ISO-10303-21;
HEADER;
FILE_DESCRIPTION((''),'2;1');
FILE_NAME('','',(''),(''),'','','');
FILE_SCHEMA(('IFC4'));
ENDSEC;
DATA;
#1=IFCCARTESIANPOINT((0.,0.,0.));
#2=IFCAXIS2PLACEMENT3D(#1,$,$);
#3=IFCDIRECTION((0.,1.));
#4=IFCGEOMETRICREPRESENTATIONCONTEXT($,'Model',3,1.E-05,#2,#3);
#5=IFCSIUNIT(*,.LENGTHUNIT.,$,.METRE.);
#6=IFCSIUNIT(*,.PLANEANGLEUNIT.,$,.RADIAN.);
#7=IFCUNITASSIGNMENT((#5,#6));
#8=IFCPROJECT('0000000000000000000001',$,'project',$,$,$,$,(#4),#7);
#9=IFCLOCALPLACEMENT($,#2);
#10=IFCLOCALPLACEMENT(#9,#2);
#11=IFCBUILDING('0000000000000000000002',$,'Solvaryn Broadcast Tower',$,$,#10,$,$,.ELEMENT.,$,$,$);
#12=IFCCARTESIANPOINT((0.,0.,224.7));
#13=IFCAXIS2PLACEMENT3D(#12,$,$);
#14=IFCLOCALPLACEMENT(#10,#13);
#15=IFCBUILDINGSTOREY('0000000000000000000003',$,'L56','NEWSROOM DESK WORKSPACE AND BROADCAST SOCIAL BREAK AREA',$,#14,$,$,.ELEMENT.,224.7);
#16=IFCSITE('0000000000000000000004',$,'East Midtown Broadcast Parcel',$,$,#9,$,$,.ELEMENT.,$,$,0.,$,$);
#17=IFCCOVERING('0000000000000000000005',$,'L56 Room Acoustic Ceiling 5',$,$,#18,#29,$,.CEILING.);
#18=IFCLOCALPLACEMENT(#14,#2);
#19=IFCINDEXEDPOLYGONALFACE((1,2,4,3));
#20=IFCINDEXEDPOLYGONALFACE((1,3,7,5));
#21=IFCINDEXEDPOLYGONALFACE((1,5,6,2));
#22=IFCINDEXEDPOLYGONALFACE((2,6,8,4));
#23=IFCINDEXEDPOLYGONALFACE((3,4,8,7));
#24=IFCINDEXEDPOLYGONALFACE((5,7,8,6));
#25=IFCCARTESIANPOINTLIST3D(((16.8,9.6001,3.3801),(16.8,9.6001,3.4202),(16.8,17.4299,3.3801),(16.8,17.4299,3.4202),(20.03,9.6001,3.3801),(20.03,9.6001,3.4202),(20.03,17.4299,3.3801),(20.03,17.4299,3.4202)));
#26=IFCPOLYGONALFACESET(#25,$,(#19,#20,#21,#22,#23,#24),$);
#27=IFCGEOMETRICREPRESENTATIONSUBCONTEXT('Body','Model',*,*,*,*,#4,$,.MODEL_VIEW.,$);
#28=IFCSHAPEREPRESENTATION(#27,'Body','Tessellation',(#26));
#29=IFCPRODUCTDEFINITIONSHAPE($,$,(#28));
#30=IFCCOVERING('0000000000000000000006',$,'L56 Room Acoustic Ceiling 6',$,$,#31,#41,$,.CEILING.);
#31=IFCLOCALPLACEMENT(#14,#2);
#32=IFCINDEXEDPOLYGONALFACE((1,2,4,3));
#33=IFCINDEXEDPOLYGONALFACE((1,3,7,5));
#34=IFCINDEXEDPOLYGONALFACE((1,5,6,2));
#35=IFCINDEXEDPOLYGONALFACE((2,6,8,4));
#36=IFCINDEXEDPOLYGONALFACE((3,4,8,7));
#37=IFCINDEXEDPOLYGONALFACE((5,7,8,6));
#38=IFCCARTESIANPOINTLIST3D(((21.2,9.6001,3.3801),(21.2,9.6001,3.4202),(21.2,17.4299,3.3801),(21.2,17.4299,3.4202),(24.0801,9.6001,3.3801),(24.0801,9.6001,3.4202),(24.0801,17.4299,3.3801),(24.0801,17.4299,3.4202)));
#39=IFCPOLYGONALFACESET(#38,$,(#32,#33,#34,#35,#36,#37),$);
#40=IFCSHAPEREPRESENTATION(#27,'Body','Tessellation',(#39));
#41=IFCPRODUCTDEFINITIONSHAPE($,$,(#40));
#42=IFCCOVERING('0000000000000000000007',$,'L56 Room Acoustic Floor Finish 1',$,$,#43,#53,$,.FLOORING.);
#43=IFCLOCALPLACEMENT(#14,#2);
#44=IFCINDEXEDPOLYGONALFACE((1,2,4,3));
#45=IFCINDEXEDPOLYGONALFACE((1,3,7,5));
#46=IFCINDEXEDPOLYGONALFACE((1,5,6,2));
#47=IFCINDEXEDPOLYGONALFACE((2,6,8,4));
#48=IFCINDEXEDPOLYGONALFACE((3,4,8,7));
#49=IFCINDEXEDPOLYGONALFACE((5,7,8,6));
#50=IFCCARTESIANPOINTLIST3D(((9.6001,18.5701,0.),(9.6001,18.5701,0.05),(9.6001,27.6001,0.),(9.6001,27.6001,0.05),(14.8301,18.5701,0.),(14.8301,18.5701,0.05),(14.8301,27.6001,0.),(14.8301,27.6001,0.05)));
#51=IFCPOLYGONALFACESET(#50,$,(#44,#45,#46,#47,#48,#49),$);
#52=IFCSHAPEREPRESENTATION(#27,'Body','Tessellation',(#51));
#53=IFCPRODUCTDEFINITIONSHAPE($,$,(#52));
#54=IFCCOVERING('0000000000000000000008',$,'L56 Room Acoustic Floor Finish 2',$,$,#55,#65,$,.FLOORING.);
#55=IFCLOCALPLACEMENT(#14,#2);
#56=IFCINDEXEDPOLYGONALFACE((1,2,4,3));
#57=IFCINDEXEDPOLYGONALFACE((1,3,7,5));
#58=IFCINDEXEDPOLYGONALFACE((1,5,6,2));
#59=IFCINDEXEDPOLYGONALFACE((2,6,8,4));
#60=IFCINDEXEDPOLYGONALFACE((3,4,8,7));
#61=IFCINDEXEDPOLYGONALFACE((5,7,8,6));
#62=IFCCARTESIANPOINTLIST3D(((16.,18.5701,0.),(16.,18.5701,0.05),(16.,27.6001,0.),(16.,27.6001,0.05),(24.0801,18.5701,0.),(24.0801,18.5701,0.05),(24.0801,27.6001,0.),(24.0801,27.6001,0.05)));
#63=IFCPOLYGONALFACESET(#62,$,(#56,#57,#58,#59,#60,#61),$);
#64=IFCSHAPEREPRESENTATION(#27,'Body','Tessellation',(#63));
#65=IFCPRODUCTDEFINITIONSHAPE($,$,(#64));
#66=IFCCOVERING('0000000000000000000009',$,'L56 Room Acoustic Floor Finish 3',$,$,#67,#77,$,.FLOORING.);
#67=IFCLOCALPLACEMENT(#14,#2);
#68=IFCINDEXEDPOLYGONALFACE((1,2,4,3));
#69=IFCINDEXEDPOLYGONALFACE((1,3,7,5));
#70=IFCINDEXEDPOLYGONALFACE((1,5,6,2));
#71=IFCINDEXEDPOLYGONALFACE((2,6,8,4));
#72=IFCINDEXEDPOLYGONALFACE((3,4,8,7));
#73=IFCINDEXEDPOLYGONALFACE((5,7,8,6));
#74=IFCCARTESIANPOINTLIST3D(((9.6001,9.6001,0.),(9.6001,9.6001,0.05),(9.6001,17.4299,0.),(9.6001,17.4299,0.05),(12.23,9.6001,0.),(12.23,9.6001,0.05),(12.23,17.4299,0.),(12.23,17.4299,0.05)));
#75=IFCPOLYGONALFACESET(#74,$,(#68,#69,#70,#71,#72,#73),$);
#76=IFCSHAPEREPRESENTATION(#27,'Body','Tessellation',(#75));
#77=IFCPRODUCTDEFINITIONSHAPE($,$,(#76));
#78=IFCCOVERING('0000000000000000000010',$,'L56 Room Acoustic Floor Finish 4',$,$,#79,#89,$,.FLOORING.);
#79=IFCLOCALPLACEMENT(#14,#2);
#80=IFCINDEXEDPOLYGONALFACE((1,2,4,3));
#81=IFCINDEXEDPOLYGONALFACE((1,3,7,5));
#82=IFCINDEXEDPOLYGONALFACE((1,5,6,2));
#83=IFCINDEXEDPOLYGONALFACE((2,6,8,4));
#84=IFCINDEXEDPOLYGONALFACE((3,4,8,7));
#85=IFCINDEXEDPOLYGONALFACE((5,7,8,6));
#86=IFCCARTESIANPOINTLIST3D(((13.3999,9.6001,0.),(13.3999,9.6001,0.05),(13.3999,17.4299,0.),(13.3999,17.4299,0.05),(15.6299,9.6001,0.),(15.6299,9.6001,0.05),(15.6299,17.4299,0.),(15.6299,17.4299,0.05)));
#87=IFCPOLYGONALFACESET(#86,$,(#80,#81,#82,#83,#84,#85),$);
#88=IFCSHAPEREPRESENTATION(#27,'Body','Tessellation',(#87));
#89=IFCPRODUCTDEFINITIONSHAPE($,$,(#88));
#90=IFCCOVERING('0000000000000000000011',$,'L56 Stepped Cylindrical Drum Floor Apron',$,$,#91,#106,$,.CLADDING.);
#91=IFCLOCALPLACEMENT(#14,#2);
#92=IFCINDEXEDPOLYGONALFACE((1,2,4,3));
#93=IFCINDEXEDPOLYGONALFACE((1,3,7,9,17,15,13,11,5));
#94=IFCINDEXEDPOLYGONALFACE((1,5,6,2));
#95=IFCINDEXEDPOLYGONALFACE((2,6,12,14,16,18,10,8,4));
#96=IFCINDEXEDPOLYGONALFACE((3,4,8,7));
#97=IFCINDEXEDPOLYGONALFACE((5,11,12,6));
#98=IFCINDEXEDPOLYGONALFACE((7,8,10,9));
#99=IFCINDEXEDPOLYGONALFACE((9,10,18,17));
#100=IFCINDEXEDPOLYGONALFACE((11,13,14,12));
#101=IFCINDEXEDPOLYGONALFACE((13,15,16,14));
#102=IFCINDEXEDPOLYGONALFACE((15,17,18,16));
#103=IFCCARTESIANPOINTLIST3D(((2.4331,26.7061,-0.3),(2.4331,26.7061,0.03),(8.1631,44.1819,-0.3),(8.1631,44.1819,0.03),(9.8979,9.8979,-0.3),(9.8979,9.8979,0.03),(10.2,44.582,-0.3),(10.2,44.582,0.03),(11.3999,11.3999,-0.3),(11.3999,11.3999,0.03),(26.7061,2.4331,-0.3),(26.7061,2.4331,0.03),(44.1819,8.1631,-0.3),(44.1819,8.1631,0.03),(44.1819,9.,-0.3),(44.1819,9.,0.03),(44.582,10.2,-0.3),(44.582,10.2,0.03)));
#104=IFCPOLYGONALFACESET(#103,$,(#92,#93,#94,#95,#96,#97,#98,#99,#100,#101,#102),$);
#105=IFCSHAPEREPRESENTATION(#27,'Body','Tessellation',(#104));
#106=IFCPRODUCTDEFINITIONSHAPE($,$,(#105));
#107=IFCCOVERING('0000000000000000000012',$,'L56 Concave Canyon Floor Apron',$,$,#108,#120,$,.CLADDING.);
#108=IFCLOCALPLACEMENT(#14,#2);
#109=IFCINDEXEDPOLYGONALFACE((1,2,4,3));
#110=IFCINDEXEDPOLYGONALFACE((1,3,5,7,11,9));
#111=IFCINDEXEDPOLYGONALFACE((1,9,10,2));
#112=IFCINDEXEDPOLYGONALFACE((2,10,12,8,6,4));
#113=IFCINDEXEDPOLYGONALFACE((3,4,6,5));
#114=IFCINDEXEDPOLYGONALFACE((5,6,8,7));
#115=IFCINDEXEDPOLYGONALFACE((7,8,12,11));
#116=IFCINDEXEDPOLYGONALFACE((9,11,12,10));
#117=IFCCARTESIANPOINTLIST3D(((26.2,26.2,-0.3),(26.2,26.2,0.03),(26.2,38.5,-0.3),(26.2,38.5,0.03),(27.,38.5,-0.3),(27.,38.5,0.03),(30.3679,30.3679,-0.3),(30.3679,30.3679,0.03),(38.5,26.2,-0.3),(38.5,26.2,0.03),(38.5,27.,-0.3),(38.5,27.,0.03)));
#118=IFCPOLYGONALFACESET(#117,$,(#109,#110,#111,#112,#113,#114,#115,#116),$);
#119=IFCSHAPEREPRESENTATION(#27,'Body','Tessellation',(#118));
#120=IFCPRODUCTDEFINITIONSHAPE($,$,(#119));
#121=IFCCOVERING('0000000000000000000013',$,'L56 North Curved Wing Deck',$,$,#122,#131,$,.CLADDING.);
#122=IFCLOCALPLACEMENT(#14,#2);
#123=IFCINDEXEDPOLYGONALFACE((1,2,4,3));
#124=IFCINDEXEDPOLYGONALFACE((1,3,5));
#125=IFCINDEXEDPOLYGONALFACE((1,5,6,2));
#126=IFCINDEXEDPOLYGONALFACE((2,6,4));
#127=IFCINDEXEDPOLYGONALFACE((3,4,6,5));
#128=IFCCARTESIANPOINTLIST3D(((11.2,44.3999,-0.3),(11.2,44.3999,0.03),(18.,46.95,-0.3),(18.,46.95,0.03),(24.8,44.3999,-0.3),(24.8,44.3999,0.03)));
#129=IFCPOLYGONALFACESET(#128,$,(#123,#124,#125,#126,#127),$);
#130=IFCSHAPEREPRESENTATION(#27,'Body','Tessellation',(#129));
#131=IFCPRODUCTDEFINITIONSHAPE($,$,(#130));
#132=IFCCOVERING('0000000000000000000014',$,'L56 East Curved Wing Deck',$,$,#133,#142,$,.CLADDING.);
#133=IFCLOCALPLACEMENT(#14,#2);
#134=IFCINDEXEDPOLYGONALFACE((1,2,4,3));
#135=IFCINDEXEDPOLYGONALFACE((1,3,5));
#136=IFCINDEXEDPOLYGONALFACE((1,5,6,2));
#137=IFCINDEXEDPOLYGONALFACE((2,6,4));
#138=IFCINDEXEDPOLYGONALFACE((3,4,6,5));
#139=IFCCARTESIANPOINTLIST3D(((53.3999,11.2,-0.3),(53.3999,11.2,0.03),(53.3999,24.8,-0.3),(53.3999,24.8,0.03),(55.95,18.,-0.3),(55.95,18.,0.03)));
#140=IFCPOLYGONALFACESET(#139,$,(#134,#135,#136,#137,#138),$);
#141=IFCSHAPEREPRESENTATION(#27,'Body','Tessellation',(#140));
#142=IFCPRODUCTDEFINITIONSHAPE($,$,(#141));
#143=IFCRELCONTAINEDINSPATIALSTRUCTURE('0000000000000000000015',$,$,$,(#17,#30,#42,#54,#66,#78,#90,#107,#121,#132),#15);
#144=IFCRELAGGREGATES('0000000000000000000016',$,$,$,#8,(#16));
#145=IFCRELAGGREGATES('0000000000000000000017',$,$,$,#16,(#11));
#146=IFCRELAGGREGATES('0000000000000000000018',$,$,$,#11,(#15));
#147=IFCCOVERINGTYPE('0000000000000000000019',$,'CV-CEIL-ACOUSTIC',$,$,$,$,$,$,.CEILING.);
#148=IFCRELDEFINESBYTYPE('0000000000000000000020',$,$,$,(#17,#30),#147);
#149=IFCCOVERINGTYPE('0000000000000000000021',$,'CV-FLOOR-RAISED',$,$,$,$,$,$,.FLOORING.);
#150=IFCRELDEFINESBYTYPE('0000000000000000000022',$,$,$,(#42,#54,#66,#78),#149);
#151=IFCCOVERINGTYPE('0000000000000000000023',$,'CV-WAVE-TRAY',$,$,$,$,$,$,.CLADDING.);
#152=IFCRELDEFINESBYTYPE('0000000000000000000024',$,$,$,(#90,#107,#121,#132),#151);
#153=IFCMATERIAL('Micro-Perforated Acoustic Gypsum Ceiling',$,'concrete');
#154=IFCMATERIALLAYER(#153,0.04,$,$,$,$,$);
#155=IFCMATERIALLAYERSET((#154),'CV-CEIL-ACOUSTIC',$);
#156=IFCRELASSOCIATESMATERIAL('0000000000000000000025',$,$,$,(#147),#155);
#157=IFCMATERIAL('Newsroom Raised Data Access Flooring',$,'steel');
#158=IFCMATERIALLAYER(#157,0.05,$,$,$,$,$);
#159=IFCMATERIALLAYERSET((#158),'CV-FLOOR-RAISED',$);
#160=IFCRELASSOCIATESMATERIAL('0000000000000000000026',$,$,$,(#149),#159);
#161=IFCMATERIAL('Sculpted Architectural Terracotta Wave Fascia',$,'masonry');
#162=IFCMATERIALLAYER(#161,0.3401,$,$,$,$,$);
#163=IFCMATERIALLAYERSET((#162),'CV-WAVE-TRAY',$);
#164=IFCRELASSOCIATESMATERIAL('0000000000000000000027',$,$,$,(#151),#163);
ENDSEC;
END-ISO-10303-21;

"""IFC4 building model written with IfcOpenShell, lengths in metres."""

from ifc_helpers import new_model, si_unit, direction, frame, origin, place, context, subcontext, project, spatial, polyline, outline, extrude, material, layer, layer_set, type_object, element, save


model = new_model("IFC4")

# Units and contexts
model_context = context("Model", 3, precision=1e-05, world=origin(), true_north=direction((0.0, 1.0)))
body_context = subcontext(model_context, "Body", "Model", "MODEL_VIEW")
ifc_project = project(units=[si_unit("LENGTHUNIT", "METRE"), si_unit("PLANEANGLEUNIT", "RADIAN")], contexts=[model_context])

# Site, building, storey
site_placement = place(None, origin())
site = spatial("IfcSite", under=ifc_project, at=site_placement, Name="East Midtown Broadcast Parcel", CompositionType="ELEMENT", RefElevation=0.0)
building_placement = place(site_placement, origin())
building = spatial("IfcBuilding", under=site, at=building_placement, Name="Solvaryn Broadcast Tower", CompositionType="ELEMENT")
storey_placement = place(building_placement, frame((0.0, 0.0, 224.7)))
storey = spatial("IfcBuildingStorey", under=building, at=storey_placement, Name="L56", Description="NEWSROOM DESK WORKSPACE AND BROADCAST SOCIAL BREAK AREA", CompositionType="ELEMENT", Elevation=224.7)

# Coverings
ifc_material_1 = material(Name="Micro-Perforated Acoustic Gypsum Ceiling", Category="concrete")
ifc_layer_1 = layer(ifc_material_1, 0.04)
ifc_layer_set_1 = layer_set([ifc_layer_1], Name="CV-CEIL-ACOUSTIC")
covering_type_1 = type_object("IfcCoveringType", Name="CV-CEIL-ACOUSTIC", PredefinedType="CEILING", material=ifc_layer_set_1)
covering_1_placement = place(storey_placement, frame((0.0, 0.0, 3.3801)))
element("IfcCovering", 1, at=covering_1_placement, inside=storey, type_object=covering_type_1, Name="L56 Room Acoustic Ceiling 5", PredefinedType="CEILING", context=body_context, shape_type="SweptSolid", body=[
    extrude(outline(polyline([(16.8, 9.6001), (20.03, 9.6001), (20.03, 17.4299), (16.8, 17.4299), (16.8, 9.6001)])), origin(), (0.0, 0.0, 1.0), 0.04),
])
covering_2_placement = place(storey_placement, frame((0.0, 0.0, 3.3801)))
element("IfcCovering", 2, at=covering_2_placement, inside=storey, type_object=covering_type_1, Name="L56 Room Acoustic Ceiling 6", PredefinedType="CEILING", context=body_context, shape_type="SweptSolid", body=[
    extrude(outline(polyline([(21.2, 9.6001), (24.0801, 9.6001), (24.0801, 17.4299), (21.2, 17.4299), (21.2, 9.6001)])), origin(), (0.0, 0.0, 1.0), 0.04),
])
ifc_material_2 = material(Name="Newsroom Raised Data Access Flooring", Category="steel")
ifc_layer_2 = layer(ifc_material_2, 0.05)
ifc_layer_set_2 = layer_set([ifc_layer_2], Name="CV-FLOOR-RAISED")
covering_type_2 = type_object("IfcCoveringType", Name="CV-FLOOR-RAISED", PredefinedType="FLOORING", material=ifc_layer_set_2)
covering_3_placement = place(storey_placement, origin())
element("IfcCovering", 3, at=covering_3_placement, inside=storey, type_object=covering_type_2, Name="L56 Room Acoustic Floor Finish 1", PredefinedType="FLOORING", context=body_context, shape_type="SweptSolid", body=[
    extrude(outline(polyline([(9.6001, 18.5701), (14.8301, 18.5701), (14.8301, 27.6001), (9.6001, 27.6001), (9.6001, 18.5701)])), origin(), (0.0, 0.0, 1.0), 0.05),
])
covering_4_placement = place(storey_placement, origin())
element("IfcCovering", 4, at=covering_4_placement, inside=storey, type_object=covering_type_2, Name="L56 Room Acoustic Floor Finish 2", PredefinedType="FLOORING", context=body_context, shape_type="SweptSolid", body=[
    extrude(outline(polyline([(16.0, 18.5701), (24.0801, 18.5701), (24.0801, 27.6001), (16.0, 27.6001), (16.0, 18.5701)])), origin(), (0.0, 0.0, 1.0), 0.05),
])
covering_5_placement = place(storey_placement, origin())
element("IfcCovering", 5, at=covering_5_placement, inside=storey, type_object=covering_type_2, Name="L56 Room Acoustic Floor Finish 3", PredefinedType="FLOORING", context=body_context, shape_type="SweptSolid", body=[
    extrude(outline(polyline([(9.6001, 9.6001), (12.23, 9.6001), (12.23, 17.4299), (9.6001, 17.4299), (9.6001, 9.6001)])), origin(), (0.0, 0.0, 1.0), 0.05),
])
covering_6_placement = place(storey_placement, origin())
element("IfcCovering", 6, at=covering_6_placement, inside=storey, type_object=covering_type_2, Name="L56 Room Acoustic Floor Finish 4", PredefinedType="FLOORING", context=body_context, shape_type="SweptSolid", body=[
    extrude(outline(polyline([(13.3999, 9.6001), (15.6299, 9.6001), (15.6299, 17.4299), (13.3999, 17.4299), (13.3999, 9.6001)])), origin(), (0.0, 0.0, 1.0), 0.05),
])
ifc_material_3 = material(Name="Sculpted Architectural Terracotta Wave Fascia", Category="masonry")
ifc_layer_3 = layer(ifc_material_3, 0.3401)
ifc_layer_set_3 = layer_set([ifc_layer_3], Name="CV-WAVE-TRAY")
covering_type_3 = type_object("IfcCoveringType", Name="CV-WAVE-TRAY", PredefinedType="CLADDING", material=ifc_layer_set_3)
covering_7_placement = place(storey_placement, frame((0.0, 0.0, -0.3)))
element("IfcCovering", 7, at=covering_7_placement, inside=storey, type_object=covering_type_3, Name="L56 Stepped Cylindrical Drum Floor Apron", PredefinedType="CLADDING", context=body_context, shape_type="SweptSolid", body=[
    extrude(outline(polyline([(10.2, 44.582), (8.1631, 44.1819), (2.4331, 26.7061), (9.8979, 9.8979), (26.7061, 2.4331), (44.1819, 8.1631), (44.1819, 9.0), (44.582, 10.2), (11.3999, 11.3999), (10.2, 44.582)])), origin(), (0.0, 0.0, 1.0), 0.3301),
])
covering_8_placement = place(storey_placement, frame((0.0, 0.0, -0.3)))
element("IfcCovering", 8, at=covering_8_placement, inside=storey, type_object=covering_type_3, Name="L56 Concave Canyon Floor Apron", PredefinedType="CLADDING", context=body_context, shape_type="SweptSolid", body=[
    extrude(outline(polyline([(26.2, 26.2), (38.5, 26.2), (38.5, 27.0), (30.3679, 30.3679), (27.0, 38.5), (26.2, 38.5), (26.2, 26.2)])), origin(), (0.0, 0.0, 1.0), 0.3301),
])
covering_9_placement = place(storey_placement, frame((0.0, 0.0, -0.3)))
element("IfcCovering", 9, at=covering_9_placement, inside=storey, type_object=covering_type_3, Name="L56 North Curved Wing Deck", PredefinedType="CLADDING", context=body_context, shape_type="SweptSolid", body=[
    extrude(outline(polyline([(11.2, 44.3999), (24.8, 44.3999), (18.0, 46.95), (11.2, 44.3999)])), origin(), (0.0, 0.0, 1.0), 0.3301),
])
covering_10_placement = place(storey_placement, frame((0.0, 0.0, -0.3)))
element("IfcCovering", 10, at=covering_10_placement, inside=storey, type_object=covering_type_3, Name="L56 East Curved Wing Deck", PredefinedType="CLADDING", context=body_context, shape_type="SweptSolid", body=[
    extrude(outline(polyline([(53.3999, 11.2), (55.95, 18.0), (53.3999, 24.8), (53.3999, 11.2)])), origin(), (0.0, 0.0, 1.0), 0.3301),
])

save(model, "model.ifc")
